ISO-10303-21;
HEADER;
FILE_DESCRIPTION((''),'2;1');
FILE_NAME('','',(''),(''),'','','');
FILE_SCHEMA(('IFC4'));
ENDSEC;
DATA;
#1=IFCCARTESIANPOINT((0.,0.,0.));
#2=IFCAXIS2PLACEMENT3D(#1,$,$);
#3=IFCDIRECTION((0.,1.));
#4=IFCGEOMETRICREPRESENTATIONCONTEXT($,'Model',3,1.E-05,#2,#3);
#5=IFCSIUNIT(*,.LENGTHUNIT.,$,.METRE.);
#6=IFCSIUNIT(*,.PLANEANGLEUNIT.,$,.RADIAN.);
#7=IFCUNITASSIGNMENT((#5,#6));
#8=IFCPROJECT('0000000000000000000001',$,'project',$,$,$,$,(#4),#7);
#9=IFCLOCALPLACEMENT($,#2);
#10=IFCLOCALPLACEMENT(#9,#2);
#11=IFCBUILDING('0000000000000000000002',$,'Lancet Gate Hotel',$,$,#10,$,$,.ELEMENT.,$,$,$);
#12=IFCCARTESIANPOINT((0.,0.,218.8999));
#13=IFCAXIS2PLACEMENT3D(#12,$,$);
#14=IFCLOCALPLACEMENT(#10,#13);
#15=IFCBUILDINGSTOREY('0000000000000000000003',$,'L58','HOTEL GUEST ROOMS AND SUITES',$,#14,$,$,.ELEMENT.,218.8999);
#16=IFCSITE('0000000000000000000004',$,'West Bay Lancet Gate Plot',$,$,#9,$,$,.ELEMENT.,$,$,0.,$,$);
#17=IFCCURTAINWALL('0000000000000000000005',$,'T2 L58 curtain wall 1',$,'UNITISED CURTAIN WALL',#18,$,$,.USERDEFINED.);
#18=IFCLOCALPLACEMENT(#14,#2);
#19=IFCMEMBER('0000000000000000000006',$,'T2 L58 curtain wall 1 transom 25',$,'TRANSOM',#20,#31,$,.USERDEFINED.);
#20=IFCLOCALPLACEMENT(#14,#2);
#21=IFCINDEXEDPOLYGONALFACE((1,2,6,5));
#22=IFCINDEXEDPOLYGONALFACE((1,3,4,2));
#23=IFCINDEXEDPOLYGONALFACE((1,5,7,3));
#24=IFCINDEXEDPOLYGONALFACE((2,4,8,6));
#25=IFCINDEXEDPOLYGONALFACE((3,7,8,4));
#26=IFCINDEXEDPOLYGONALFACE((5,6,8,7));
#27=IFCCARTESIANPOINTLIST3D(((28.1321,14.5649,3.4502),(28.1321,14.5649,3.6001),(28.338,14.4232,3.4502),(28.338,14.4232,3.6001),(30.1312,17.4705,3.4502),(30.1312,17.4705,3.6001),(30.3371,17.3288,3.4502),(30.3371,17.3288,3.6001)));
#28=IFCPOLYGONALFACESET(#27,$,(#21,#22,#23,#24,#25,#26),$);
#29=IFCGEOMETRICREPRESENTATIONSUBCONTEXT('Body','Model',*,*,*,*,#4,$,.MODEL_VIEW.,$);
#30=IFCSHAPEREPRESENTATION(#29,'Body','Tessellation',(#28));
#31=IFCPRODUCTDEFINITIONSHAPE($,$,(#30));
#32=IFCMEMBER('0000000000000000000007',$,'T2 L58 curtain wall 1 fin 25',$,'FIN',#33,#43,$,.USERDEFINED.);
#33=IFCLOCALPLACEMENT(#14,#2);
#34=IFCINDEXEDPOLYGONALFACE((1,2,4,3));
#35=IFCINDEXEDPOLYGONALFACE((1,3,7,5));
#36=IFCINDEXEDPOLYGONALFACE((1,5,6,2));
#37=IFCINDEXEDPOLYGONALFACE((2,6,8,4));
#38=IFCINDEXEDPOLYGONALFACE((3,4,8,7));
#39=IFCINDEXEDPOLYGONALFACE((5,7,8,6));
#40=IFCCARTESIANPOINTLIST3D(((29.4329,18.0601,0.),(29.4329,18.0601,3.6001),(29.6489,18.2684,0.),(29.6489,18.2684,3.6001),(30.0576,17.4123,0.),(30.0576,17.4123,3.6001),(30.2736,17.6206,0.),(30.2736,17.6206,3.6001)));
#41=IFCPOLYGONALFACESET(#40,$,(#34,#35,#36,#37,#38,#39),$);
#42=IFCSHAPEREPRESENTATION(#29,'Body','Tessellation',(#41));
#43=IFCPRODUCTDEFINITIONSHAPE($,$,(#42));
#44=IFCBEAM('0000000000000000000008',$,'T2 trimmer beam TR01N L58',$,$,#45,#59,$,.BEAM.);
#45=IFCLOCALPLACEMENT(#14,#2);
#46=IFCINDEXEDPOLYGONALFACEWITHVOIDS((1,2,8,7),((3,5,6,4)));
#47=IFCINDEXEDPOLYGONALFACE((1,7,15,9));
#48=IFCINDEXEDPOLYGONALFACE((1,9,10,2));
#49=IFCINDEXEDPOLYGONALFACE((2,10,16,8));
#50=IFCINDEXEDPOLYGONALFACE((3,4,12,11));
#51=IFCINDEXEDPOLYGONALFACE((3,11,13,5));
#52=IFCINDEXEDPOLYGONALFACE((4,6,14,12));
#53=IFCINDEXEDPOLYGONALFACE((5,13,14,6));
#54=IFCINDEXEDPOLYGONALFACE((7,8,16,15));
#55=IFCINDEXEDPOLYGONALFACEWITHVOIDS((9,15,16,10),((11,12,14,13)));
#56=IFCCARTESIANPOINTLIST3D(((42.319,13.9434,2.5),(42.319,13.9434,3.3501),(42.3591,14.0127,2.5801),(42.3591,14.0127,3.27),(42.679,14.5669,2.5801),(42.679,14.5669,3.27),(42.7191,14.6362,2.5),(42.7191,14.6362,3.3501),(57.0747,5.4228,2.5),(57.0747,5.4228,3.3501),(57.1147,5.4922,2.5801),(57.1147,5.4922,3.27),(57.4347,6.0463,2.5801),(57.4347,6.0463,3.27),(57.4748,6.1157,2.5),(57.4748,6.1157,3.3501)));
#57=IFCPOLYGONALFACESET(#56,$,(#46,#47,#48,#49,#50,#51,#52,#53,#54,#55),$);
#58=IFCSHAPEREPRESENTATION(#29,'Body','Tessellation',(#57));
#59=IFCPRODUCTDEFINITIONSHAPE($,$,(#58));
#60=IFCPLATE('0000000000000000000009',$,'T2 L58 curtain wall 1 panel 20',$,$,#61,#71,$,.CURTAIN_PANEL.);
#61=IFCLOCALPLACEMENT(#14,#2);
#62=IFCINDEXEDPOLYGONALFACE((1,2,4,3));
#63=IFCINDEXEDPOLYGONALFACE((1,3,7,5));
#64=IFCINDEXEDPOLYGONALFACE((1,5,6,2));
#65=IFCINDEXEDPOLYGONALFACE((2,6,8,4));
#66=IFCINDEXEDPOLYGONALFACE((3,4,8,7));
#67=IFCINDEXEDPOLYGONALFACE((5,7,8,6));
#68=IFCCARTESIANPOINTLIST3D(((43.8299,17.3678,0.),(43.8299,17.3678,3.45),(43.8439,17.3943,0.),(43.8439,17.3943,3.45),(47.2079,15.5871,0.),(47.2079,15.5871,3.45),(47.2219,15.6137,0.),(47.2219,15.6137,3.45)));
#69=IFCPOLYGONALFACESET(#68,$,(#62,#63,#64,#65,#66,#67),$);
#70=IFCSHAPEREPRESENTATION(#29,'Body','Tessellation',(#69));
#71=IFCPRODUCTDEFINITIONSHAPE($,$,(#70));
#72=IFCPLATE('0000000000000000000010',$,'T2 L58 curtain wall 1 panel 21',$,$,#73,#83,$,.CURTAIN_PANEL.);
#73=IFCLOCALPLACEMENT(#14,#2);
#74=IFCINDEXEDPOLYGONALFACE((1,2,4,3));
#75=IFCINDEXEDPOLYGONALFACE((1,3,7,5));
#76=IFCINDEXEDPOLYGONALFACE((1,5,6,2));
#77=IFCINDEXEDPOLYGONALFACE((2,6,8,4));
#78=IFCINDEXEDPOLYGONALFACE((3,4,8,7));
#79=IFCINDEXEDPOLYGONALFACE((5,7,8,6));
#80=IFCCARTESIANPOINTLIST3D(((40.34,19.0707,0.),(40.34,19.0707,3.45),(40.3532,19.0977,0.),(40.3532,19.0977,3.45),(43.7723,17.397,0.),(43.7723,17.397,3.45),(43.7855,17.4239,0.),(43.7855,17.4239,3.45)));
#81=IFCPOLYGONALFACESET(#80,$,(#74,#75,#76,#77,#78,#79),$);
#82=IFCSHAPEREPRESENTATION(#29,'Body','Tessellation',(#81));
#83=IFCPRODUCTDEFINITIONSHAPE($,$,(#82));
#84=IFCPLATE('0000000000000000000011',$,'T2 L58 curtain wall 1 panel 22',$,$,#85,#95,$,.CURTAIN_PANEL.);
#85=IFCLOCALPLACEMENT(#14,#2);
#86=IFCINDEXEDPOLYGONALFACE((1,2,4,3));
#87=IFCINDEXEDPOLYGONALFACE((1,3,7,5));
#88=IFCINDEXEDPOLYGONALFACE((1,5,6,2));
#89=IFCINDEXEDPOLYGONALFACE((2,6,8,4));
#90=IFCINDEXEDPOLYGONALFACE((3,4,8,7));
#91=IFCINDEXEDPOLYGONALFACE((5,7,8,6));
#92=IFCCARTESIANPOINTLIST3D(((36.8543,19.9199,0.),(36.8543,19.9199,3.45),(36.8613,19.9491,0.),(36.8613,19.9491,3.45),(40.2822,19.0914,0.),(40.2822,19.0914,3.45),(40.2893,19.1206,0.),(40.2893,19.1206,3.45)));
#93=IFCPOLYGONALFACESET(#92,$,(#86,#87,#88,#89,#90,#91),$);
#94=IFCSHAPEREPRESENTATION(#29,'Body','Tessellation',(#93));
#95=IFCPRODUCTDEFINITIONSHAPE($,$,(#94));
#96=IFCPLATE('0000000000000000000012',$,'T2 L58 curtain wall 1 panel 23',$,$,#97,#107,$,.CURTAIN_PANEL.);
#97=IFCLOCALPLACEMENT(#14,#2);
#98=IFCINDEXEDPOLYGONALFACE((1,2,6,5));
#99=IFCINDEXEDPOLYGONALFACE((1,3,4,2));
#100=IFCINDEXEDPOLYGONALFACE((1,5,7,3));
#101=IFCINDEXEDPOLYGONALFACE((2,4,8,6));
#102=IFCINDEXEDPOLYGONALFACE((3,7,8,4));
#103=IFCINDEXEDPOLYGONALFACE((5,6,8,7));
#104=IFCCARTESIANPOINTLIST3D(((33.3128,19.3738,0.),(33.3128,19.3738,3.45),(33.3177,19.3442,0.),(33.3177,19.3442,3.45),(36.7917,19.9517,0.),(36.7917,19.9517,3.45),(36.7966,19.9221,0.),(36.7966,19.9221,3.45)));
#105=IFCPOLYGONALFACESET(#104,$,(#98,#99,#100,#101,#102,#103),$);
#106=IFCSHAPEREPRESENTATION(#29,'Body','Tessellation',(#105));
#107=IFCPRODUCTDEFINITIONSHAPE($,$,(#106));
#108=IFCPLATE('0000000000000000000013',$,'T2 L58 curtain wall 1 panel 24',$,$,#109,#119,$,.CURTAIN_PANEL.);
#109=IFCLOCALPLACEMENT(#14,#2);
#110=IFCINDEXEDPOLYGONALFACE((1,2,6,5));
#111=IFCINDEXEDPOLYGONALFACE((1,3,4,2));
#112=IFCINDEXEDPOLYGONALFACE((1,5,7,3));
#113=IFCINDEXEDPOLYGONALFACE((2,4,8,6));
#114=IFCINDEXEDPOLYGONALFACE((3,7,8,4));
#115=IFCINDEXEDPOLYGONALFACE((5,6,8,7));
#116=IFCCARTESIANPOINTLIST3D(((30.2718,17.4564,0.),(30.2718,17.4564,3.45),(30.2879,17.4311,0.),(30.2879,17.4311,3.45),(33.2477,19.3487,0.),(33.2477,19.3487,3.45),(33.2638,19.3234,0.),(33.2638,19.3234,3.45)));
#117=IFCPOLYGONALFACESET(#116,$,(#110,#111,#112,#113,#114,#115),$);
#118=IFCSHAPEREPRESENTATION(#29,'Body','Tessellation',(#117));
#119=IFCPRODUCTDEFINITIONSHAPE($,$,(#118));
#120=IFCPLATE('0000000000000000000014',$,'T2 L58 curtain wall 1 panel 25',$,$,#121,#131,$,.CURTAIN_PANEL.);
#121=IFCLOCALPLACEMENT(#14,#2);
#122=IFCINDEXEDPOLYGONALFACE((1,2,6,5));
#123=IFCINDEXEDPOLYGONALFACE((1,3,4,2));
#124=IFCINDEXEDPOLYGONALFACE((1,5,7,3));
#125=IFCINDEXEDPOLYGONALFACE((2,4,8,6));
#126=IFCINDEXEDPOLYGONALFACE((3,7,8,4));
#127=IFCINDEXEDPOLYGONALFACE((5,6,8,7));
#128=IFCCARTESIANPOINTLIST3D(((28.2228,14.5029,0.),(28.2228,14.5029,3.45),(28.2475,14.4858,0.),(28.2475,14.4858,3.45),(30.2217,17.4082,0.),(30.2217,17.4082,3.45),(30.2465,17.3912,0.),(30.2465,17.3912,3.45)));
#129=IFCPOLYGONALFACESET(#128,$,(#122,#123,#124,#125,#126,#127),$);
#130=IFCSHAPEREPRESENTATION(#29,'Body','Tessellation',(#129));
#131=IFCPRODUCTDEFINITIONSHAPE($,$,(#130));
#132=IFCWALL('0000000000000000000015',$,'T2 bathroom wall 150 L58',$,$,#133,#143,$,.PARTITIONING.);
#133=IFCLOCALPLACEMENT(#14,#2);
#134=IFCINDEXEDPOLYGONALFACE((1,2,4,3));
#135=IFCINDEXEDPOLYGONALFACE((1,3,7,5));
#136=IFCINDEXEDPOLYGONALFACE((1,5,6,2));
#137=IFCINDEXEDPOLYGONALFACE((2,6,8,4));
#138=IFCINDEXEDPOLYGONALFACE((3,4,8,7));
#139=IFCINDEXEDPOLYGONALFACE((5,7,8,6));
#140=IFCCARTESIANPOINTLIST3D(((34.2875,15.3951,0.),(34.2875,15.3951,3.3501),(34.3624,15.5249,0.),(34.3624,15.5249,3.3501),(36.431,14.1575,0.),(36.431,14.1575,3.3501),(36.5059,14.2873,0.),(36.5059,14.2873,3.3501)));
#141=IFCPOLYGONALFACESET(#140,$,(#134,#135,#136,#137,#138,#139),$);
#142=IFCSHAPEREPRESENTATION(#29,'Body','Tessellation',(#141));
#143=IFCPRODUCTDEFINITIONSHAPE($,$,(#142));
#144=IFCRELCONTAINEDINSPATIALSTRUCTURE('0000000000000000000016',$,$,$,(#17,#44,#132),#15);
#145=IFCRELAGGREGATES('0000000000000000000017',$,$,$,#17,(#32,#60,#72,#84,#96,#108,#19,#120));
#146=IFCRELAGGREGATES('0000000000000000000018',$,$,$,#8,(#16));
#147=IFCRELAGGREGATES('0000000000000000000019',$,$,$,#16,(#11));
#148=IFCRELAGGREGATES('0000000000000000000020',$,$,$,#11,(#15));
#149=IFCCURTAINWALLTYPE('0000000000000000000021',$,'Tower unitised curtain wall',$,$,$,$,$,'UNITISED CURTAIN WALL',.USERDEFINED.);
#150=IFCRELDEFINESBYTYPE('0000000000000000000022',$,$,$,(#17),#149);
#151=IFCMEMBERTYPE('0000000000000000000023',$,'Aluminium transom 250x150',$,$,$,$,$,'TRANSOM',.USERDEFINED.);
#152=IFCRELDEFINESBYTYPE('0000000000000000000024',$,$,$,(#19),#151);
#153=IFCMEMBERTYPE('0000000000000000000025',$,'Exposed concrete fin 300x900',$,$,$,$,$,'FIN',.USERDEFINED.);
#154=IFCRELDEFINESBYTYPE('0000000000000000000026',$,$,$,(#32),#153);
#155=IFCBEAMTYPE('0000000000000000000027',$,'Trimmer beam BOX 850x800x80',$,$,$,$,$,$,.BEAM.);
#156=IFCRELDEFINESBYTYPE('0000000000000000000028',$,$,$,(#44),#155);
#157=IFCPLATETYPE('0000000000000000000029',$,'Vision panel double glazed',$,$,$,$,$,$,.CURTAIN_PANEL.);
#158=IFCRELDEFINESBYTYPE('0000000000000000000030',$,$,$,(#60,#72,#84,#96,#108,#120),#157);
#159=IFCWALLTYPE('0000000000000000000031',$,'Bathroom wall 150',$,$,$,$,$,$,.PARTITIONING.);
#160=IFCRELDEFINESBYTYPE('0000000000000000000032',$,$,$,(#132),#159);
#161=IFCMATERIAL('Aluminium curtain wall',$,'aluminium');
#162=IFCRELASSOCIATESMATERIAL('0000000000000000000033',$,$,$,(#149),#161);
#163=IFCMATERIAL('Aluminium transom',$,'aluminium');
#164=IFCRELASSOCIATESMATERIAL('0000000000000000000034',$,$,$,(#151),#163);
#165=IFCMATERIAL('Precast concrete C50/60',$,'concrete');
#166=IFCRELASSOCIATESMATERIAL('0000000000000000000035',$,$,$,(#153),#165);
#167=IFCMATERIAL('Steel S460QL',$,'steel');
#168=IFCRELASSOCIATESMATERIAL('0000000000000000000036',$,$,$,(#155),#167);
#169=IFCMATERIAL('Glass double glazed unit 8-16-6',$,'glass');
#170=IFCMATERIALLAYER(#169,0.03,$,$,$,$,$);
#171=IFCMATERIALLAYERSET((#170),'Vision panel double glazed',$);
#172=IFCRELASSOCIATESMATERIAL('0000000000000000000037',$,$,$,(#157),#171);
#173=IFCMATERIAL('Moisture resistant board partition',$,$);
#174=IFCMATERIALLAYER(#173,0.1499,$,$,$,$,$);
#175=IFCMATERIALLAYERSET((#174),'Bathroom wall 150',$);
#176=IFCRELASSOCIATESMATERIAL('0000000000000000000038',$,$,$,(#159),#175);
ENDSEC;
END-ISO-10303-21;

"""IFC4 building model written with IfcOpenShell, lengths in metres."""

from ifc_helpers import new_model, si_unit, direction, frame, frame_2d, origin, origin_2d, place, context, subcontext, project, spatial, rectangle, hollow_rectangle, extrude, material, layer, layer_set, material_profile, profile_set, type_object, element, aggregate, save


model = new_model("IFC4")

# Units and contexts
model_context = context("Model", 3, precision=1e-05, world=origin(), true_north=direction((0.0, 1.0)))
body_context = subcontext(model_context, "Body", "Model", "MODEL_VIEW")
ifc_project = project(units=[si_unit("LENGTHUNIT", "METRE"), si_unit("PLANEANGLEUNIT", "RADIAN")], contexts=[model_context])

# Site, building, storey
site_placement = place(None, origin())
site = spatial("IfcSite", under=ifc_project, at=site_placement, Name="West Bay Lancet Gate Plot", CompositionType="ELEMENT", RefElevation=0.0)
building_placement = place(site_placement, origin())
building = spatial("IfcBuilding", under=site, at=building_placement, Name="Lancet Gate Hotel", CompositionType="ELEMENT")
storey_placement = place(building_placement, frame((0.0, 0.0, 218.8999)))
storey = spatial("IfcBuildingStorey", under=building, at=storey_placement, Name="L58", Description="HOTEL GUEST ROOMS AND SUITES", CompositionType="ELEMENT", Elevation=218.8999)

# Curtain wall, members
ifc_material_1 = material(Name="Aluminium curtain wall", Category="aluminium")
curtain_wall_type = type_object("IfcCurtainWallType", Name="Tower unitised curtain wall", ElementType="UNITISED CURTAIN WALL", PredefinedType="USERDEFINED", material=ifc_material_1)
curtain_wall_placement = place(storey_placement, origin())
curtain_wall = element("IfcCurtainWall", 1, at=curtain_wall_placement, inside=storey, type_object=curtain_wall_type, Name="T2 L58 curtain wall 1", ObjectType="UNITISED CURTAIN WALL", PredefinedType="USERDEFINED")
ifc_material_2 = material(Name="Aluminium transom", Category="aluminium")
ifc_material_profile_1 = material_profile(ifc_material_2, rectangle(XDim=0.25, YDim=0.1499, at=origin_2d()), Name="TRANSOM 250x150")
ifc_profile_set_1 = profile_set([ifc_material_profile_1], Name="Aluminium transom")
member_type_1 = type_object("IfcMemberType", Name="Aluminium transom 250x150", ElementType="TRANSOM", PredefinedType="USERDEFINED", material=ifc_profile_set_1)
member_1_placement = place(storey_placement, frame((30.2341, 17.3997, 3.5251), z_axis=(-0.566814, -0.823846, 0.0), x_axis=(0.823846, -0.566814, 0.0)))
member_1 = element("IfcMember", 2, at=member_1_placement, type_object=member_type_1, Name="T2 L58 curtain wall 1 transom 25", ObjectType="TRANSOM", PredefinedType="USERDEFINED", context=body_context, shape_type="SweptSolid", body=[
    extrude(rectangle(XDim=0.25, YDim=0.1499, at=origin_2d()), origin(), (0.0, 0.0, 1.0), 3.5269),
])
ifc_material_3 = material(Name="Precast concrete C50/60", Category="concrete")
ifc_material_profile_2 = material_profile(ifc_material_3, rectangle(XDim=0.3, YDim=0.8999, at=origin_2d()), Name="FIN 300x900")
ifc_profile_set_2 = profile_set([ifc_material_profile_2], Name="Precast concrete C50/60")
member_type_2 = type_object("IfcMemberType", Name="Exposed concrete fin 300x900", ElementType="FIN", PredefinedType="USERDEFINED", material=ifc_profile_set_2)
member_2_placement = place(storey_placement, frame((29.8533, 17.8403, 0.0), z_axis=(0.0, 0.0, 1.0), x_axis=(-0.719809, -0.694172, 0.0)))
member_2 = element("IfcMember", 3, at=member_2_placement, type_object=member_type_2, Name="T2 L58 curtain wall 1 fin 25", ObjectType="FIN", PredefinedType="USERDEFINED", context=body_context, shape_type="SweptSolid", body=[
    extrude(rectangle(XDim=0.3, YDim=0.8999, at=origin_2d()), origin(), (0.0, 0.0, 1.0), 3.6001),
])

# Beam
ifc_material_4 = material(Name="Steel S460QL", Category="steel")
ifc_material_profile_3 = material_profile(ifc_material_4, hollow_rectangle(XDim=0.8, YDim=0.8501, WallThickness=0.0801, at=origin_2d()), Name="BOX 850x800x80")
ifc_profile_set_3 = profile_set([ifc_material_profile_3], Name="Steel S460QL")
beam_type = type_object("IfcBeamType", Name="Trimmer beam BOX 850x800x80", PredefinedType="BEAM", material=ifc_profile_set_3)
beam_placement = place(storey_placement, frame((42.519, 14.2898, 2.925), z_axis=(0.865991, -0.500059, 0.0), x_axis=(0.500059, 0.865991, 0.0)))
element("IfcBeam", 4, at=beam_placement, inside=storey, type_object=beam_type, Name="T2 trimmer beam TR01N L58", PredefinedType="BEAM", context=body_context, shape_type="SweptSolid", body=[
    extrude(hollow_rectangle(XDim=0.8, YDim=0.8501, WallThickness=0.0801, at=origin_2d()), origin(), (0.0, 0.0, 1.0), 17.0391),
])

# Plates
ifc_material_5 = material(Name="Glass double glazed unit 8-16-6", Category="glass")
ifc_layer_1 = layer(ifc_material_5, 0.03)
ifc_layer_set_1 = layer_set([ifc_layer_1], Name="Vision panel double glazed")
plate_type = type_object("IfcPlateType", Name="Vision panel double glazed", PredefinedType="CURTAIN_PANEL", material=ifc_layer_set_1)
plate_1_placement = place(storey_placement, frame((45.5259, 16.4907, 0.0), z_axis=(0.0, 0.0, 1.0), x_axis=(-0.884623, 0.466307, 0.0)))
plate_1 = element("IfcPlate", 5, at=plate_1_placement, type_object=plate_type, Name="T2 L58 curtain wall 1 panel 20", PredefinedType="CURTAIN_PANEL", context=body_context, shape_type="SweptSolid", body=[
    extrude(rectangle(XDim=3.8186, YDim=0.03, at=origin_2d()), origin(), (0.0, 0.0, 1.0), 3.45),
])
plate_2_placement = place(storey_placement, frame((42.0627, 18.2473, 0.0), z_axis=(0.0, 0.0, 1.0), x_axis=(-0.898823, 0.438311, 0.0)))
plate_2 = element("IfcPlate", 6, at=plate_2_placement, type_object=plate_type, Name="T2 L58 curtain wall 1 panel 21", PredefinedType="CURTAIN_PANEL", context=body_context, shape_type="SweptSolid", body=[
    extrude(rectangle(XDim=3.8186, YDim=0.03, at=origin_2d()), origin(), (0.0, 0.0, 1.0), 3.45),
])
plate_3_placement = place(storey_placement, frame((38.5718, 19.5203, 0.0), z_axis=(0.0, 0.0, 1.0), x_axis=(-0.972014, 0.234924, 0.0)))
plate_3 = element("IfcPlate", 7, at=plate_3_placement, type_object=plate_type, Name="T2 L58 curtain wall 1 panel 22", PredefinedType="CURTAIN_PANEL", context=body_context, shape_type="SweptSolid", body=[
    extrude(rectangle(XDim=3.5266, YDim=0.03, at=origin_2d()), origin(), (0.0, 0.0, 1.0), 3.45),
])
plate_4_placement = place(storey_placement, frame((35.0547, 19.6479, 0.0), z_axis=(0.0, 0.0, 1.0), x_axis=(-0.98648, -0.163881, 0.0)))
plate_4 = element("IfcPlate", 8, at=plate_4_placement, type_object=plate_type, Name="T2 L58 curtain wall 1 panel 23", PredefinedType="CURTAIN_PANEL", context=body_context, shape_type="SweptSolid", body=[
    extrude(rectangle(XDim=3.5266, YDim=0.03, at=origin_2d()), origin(), (0.0, 0.0, 1.0), 3.45),
])
plate_5_placement = place(storey_placement, frame((31.7678, 18.3899, 0.0), z_axis=(0.0, 0.0, 1.0), x_axis=(-0.843845, -0.536587, 0.0)))
plate_5 = element("IfcPlate", 9, at=plate_5_placement, type_object=plate_type, Name="T2 L58 curtain wall 1 panel 24", PredefinedType="CURTAIN_PANEL", context=body_context, shape_type="SweptSolid", body=[
    extrude(rectangle(XDim=3.5266, YDim=0.03, at=origin_2d()), origin(), (0.0, 0.0, 1.0), 3.45),
])
plate_6_placement = place(storey_placement, frame((29.2346, 15.947, 0.0), z_axis=(0.0, 0.0, 1.0), x_axis=(-0.566824, -0.823839, 0.0)))
plate_6 = element("IfcPlate", 10, at=plate_6_placement, type_object=plate_type, Name="T2 L58 curtain wall 1 panel 25", PredefinedType="CURTAIN_PANEL", context=body_context, shape_type="SweptSolid", body=[
    extrude(rectangle(XDim=3.5266, YDim=0.03, at=origin_2d()), origin(), (0.0, 0.0, 1.0), 3.45),
])
aggregate(curtain_wall, [member_2, plate_1, plate_2, plate_3, plate_4, plate_5, member_1, plate_6])

# Wall
ifc_material_6 = material(Name="Moisture resistant board partition")
ifc_layer_2 = layer(ifc_material_6, 0.1499)
ifc_layer_set_2 = layer_set([ifc_layer_2], Name="Bathroom wall 150")
wall_type_1 = type_object("IfcWallType", Name="Bathroom wall 150", PredefinedType="PARTITIONING", material=ifc_layer_set_2)
wall_1_placement = place(storey_placement, frame((34.325, 15.46, 0.0), z_axis=(0.0, 0.0, 1.0), x_axis=(0.866031, -0.49999, 0.0)))
element("IfcWall", 11, at=wall_1_placement, inside=storey, type_object=wall_type_1, Name="T2 bathroom wall 150 L58", PredefinedType="PARTITIONING", context=body_context, shape_type="SweptSolid", body=[
    extrude(rectangle(XDim=2.4751, YDim=0.1499, at=frame_2d((1.2375, 0.0))), origin(), (0.0, 0.0, 1.0), 3.3501),
])

save(model, "model.ifc")
